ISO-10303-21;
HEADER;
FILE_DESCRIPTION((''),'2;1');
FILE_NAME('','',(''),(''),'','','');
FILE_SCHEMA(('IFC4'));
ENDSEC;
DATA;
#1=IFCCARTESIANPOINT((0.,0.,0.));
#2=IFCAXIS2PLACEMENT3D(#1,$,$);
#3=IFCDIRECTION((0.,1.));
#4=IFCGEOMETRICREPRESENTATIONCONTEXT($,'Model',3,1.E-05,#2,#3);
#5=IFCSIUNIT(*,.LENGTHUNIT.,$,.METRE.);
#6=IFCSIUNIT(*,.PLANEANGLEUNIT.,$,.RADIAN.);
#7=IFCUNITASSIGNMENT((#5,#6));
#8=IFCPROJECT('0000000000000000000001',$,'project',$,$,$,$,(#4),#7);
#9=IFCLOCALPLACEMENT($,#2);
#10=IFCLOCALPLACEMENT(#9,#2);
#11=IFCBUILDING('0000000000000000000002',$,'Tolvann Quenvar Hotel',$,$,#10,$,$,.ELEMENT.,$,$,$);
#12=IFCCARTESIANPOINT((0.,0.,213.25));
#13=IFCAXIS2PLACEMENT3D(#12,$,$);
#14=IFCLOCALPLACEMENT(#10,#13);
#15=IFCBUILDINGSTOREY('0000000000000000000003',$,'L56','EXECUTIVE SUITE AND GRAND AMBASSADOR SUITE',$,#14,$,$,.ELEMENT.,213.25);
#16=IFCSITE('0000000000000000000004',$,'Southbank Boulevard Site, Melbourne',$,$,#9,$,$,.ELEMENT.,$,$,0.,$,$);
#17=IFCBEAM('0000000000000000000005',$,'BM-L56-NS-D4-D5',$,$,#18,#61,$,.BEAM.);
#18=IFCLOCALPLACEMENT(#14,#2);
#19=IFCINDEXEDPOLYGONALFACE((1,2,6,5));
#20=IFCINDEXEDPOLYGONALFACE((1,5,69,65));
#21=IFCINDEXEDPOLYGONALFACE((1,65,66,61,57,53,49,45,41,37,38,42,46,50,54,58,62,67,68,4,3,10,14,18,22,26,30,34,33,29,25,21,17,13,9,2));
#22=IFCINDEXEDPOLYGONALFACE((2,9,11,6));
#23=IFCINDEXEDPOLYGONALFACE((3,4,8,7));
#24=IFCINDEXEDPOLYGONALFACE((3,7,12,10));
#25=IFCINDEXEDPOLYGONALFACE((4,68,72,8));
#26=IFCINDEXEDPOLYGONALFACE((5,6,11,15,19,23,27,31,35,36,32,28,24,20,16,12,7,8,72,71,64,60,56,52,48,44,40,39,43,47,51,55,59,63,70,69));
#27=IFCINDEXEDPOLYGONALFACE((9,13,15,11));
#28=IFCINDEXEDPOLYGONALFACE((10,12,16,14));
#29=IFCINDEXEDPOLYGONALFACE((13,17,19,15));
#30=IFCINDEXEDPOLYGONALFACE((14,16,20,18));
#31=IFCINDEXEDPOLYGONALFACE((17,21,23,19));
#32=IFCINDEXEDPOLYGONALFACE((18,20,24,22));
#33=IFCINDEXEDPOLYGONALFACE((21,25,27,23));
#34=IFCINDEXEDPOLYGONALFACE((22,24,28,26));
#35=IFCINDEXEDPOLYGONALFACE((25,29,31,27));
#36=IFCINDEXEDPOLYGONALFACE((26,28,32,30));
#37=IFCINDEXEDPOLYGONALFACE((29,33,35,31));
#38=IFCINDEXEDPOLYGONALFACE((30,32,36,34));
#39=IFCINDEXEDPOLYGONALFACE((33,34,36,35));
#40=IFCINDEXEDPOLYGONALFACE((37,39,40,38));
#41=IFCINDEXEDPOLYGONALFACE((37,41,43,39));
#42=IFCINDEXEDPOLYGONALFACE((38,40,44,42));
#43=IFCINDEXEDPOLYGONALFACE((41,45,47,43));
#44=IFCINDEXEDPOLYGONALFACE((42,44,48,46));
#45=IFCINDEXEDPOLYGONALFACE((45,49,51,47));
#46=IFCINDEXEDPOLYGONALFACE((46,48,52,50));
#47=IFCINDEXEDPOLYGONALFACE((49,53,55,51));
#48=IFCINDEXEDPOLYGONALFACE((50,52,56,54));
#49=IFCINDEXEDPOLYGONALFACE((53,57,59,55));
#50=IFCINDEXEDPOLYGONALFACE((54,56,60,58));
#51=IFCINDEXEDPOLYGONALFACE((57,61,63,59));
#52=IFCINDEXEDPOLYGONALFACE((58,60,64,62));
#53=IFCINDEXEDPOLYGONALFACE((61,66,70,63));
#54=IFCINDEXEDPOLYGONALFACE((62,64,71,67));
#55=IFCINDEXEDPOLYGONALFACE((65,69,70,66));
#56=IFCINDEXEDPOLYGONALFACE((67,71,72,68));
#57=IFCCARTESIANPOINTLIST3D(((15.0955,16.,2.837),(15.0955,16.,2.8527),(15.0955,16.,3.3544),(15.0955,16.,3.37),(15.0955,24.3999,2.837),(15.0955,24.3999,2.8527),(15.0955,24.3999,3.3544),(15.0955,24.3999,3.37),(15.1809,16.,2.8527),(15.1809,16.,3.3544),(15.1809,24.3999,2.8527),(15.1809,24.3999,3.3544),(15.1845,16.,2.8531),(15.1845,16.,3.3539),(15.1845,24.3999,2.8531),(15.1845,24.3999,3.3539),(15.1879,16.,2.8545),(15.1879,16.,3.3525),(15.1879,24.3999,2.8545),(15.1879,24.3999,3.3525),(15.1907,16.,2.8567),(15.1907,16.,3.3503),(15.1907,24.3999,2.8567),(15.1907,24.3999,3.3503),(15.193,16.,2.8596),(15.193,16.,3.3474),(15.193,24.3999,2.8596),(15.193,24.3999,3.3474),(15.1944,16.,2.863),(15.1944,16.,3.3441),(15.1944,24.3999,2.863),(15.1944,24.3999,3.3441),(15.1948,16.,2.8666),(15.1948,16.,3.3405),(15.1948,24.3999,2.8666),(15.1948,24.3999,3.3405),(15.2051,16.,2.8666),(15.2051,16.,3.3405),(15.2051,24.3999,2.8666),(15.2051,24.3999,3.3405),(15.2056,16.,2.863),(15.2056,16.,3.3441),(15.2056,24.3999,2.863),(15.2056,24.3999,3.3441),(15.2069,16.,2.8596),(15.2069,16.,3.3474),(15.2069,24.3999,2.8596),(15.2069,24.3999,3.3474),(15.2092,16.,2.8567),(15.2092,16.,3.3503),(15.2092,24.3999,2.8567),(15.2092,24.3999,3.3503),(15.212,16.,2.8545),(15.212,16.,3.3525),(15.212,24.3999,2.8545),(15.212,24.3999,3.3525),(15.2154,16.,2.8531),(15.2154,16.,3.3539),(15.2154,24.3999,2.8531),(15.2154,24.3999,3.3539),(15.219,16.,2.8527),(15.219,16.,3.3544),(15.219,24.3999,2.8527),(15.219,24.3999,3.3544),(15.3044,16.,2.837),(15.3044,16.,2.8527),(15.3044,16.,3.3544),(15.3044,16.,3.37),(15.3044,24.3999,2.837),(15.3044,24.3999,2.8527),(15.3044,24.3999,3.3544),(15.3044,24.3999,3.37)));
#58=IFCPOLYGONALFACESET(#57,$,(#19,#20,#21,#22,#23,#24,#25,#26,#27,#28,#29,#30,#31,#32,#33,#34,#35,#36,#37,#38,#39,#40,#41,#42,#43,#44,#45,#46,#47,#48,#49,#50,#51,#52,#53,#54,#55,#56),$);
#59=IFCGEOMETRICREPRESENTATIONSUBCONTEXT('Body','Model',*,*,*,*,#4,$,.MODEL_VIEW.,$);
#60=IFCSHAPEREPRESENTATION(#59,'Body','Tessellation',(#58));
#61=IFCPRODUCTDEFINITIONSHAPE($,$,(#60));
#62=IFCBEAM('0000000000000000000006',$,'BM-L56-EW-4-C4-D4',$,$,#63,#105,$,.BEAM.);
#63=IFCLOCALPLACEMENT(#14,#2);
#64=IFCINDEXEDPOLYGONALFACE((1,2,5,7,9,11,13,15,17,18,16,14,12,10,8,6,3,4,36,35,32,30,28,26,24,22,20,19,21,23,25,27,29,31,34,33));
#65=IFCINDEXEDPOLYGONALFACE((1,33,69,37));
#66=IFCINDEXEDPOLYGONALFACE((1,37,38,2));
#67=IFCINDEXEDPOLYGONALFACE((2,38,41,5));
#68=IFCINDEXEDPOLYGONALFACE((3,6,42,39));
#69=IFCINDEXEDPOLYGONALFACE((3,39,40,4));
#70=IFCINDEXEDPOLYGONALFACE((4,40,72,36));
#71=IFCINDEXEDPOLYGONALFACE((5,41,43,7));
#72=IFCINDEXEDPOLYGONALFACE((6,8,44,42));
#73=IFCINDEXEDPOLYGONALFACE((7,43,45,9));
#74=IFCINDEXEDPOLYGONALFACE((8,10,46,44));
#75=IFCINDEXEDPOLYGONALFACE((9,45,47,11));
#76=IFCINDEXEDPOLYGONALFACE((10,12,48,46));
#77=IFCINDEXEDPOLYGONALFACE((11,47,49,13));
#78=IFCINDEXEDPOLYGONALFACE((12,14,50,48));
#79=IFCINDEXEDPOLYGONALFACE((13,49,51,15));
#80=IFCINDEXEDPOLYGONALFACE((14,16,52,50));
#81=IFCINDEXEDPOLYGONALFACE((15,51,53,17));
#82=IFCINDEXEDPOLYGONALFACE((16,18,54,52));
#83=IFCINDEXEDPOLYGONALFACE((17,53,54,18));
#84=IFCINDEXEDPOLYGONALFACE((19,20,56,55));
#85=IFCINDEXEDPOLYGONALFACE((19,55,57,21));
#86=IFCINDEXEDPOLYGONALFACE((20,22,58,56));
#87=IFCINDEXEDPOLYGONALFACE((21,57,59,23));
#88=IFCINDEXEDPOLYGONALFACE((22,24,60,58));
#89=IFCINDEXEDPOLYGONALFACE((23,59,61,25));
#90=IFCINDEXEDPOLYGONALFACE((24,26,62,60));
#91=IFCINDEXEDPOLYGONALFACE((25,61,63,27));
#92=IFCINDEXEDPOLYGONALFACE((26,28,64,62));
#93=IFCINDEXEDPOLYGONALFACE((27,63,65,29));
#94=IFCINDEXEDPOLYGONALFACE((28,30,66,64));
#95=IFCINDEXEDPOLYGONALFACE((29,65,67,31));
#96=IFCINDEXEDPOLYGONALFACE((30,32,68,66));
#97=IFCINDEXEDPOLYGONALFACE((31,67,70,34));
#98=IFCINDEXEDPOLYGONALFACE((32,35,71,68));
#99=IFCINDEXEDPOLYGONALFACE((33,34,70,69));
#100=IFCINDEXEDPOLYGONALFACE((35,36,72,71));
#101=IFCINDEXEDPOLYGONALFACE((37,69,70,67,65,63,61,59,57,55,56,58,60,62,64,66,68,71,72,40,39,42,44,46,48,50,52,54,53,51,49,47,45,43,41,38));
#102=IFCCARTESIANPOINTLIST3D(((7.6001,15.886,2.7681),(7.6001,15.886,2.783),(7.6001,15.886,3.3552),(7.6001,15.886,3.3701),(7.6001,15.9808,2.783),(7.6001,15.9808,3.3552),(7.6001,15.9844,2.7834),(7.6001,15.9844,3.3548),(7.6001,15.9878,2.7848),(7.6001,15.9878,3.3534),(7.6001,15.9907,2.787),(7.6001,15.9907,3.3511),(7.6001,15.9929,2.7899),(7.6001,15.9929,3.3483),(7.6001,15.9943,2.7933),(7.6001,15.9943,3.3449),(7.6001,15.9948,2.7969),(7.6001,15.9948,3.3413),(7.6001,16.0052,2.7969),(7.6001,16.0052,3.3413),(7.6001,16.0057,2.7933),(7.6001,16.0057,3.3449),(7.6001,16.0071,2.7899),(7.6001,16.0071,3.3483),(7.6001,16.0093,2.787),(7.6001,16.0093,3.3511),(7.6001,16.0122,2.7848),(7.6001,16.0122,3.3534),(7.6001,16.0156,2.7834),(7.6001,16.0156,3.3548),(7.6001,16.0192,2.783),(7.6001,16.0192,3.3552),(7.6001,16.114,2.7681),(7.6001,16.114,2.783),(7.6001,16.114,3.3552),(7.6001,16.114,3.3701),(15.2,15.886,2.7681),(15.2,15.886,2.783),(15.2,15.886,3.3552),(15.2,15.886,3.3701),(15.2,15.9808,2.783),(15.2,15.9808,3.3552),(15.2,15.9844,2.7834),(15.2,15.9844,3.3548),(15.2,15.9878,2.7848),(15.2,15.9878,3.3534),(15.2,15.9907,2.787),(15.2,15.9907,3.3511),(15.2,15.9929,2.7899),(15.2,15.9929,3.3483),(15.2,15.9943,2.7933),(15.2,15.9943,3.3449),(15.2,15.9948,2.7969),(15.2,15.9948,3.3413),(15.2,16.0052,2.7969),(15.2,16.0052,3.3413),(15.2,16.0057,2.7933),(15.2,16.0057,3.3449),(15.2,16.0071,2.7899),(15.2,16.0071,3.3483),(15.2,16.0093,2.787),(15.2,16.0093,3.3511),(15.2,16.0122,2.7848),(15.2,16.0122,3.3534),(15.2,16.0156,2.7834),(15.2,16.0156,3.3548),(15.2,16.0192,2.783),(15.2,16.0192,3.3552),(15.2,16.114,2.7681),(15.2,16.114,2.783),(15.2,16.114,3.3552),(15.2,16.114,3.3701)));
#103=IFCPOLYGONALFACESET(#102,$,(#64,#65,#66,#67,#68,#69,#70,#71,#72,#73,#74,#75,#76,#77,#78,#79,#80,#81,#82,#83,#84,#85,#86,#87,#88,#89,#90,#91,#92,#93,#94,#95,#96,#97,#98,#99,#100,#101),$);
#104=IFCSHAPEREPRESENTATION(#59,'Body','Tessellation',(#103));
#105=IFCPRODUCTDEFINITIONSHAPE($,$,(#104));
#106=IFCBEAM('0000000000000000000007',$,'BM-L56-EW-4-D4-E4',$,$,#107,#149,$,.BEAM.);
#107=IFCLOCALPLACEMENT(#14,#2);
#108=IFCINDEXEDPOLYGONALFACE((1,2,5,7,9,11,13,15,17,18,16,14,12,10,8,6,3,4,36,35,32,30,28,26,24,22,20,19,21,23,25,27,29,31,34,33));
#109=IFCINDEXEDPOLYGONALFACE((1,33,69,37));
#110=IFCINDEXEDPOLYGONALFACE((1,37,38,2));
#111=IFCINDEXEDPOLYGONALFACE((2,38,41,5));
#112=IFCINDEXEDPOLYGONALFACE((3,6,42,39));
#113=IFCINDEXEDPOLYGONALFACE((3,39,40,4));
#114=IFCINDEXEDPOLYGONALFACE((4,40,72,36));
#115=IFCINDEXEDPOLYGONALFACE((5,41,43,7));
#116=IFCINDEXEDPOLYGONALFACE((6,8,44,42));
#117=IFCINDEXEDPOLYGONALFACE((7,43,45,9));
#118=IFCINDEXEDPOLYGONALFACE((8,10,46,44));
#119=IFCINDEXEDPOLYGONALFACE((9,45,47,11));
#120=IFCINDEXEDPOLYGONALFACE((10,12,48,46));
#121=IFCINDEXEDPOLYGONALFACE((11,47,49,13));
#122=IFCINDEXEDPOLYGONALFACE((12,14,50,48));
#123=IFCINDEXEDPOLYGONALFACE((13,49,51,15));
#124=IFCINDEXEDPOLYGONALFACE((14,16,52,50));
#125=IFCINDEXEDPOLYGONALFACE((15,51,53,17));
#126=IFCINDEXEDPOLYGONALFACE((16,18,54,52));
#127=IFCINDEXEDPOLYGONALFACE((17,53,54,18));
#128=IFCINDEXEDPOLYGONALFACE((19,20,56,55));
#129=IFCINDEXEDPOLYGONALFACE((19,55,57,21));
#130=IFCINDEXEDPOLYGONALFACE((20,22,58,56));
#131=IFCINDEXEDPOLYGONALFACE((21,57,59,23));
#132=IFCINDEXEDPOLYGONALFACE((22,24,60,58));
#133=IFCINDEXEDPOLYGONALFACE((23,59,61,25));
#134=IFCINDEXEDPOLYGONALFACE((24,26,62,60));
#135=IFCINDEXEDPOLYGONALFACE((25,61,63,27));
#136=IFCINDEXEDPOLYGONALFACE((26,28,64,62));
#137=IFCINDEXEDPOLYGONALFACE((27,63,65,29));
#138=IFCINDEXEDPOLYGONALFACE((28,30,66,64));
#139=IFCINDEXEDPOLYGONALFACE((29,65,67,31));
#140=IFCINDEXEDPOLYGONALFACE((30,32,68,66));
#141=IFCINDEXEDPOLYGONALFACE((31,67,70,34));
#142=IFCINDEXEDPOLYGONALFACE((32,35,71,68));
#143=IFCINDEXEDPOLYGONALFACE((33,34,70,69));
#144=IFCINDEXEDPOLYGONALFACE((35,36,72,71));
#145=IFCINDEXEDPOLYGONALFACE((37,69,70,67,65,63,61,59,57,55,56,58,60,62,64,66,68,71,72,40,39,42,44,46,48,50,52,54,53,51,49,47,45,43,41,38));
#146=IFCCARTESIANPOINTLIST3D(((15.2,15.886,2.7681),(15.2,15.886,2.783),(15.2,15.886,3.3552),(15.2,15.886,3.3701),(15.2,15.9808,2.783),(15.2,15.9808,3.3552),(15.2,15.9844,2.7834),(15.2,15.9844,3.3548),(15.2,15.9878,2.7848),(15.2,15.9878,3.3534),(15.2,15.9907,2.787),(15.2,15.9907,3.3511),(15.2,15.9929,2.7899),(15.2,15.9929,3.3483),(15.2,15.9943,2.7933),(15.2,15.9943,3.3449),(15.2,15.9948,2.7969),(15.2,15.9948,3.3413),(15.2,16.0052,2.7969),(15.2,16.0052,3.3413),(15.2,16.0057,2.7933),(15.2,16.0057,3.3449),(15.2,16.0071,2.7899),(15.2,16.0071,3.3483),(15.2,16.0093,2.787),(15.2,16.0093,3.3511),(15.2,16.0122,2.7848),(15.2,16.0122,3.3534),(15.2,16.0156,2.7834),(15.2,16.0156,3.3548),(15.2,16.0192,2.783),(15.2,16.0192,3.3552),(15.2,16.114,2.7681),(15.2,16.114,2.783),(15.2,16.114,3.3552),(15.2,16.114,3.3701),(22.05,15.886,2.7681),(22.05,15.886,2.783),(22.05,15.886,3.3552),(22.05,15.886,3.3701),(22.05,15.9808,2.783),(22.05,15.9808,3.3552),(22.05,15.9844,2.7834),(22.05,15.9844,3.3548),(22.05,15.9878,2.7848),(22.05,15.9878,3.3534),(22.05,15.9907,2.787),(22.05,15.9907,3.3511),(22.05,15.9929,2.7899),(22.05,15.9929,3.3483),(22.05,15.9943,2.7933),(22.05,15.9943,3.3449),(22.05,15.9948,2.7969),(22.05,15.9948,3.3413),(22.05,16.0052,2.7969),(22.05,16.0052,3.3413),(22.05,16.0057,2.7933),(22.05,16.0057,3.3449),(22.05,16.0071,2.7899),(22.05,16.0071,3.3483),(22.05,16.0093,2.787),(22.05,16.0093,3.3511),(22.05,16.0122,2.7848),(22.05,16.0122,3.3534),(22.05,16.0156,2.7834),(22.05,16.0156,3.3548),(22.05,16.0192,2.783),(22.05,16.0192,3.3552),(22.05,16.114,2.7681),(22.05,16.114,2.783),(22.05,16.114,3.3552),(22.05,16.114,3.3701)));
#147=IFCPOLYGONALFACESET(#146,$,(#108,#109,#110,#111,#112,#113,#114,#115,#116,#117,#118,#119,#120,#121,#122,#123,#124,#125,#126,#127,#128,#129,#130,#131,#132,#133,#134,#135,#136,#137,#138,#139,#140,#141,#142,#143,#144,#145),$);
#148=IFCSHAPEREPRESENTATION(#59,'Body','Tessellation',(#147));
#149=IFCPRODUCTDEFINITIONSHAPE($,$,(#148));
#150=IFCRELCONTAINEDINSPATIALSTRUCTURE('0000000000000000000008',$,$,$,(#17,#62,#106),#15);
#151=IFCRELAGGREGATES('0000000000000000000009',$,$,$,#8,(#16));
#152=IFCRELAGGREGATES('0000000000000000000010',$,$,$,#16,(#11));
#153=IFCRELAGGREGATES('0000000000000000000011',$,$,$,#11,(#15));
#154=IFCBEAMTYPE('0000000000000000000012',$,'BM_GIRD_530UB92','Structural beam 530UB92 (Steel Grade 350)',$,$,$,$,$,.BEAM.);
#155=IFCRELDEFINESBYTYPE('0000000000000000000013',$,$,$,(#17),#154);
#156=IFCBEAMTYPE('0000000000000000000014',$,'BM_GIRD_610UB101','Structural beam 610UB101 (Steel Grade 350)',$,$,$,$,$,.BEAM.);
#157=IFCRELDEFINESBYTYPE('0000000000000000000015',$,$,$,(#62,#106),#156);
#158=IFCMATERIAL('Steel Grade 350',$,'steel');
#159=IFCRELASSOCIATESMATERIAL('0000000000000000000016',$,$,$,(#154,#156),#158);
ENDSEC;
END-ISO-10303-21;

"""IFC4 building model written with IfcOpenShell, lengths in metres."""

from ifc_helpers import new_model, si_unit, direction, frame, origin, origin_2d, place, context, subcontext, project, spatial, i_section, extrude, source, transform, mapped, material, material_profile, profile_set, type_object, type_shapes, element, save


model = new_model("IFC4")

# Units and contexts
model_context = context("Model", 3, precision=1e-05, world=origin(), true_north=direction((0.0, 1.0)))
body_context = subcontext(model_context, "Body", "Model", "MODEL_VIEW")
ifc_project = project(units=[si_unit("LENGTHUNIT", "METRE"), si_unit("PLANEANGLEUNIT", "RADIAN")], contexts=[model_context])

# Site, building, storey
site_placement = place(None, origin())
site = spatial("IfcSite", under=ifc_project, at=site_placement, Name="Southbank Boulevard Site, Melbourne", CompositionType="ELEMENT", RefElevation=0.0)
building_placement = place(site_placement, origin())
building = spatial("IfcBuilding", under=site, at=building_placement, Name="Tolvann Quenvar Hotel", CompositionType="ELEMENT")
storey_placement = place(building_placement, frame((0.0, 0.0, 213.25)))
storey = spatial("IfcBuildingStorey", under=building, at=storey_placement, Name="L56", Description="EXECUTIVE SUITE AND GRAND AMBASSADOR SUITE", CompositionType="ELEMENT", Elevation=213.25)

# Shared definitions
ifc_material_1 = material(Name="Steel Grade 350", Category="steel")

# Beams
ifc_material_profile_1 = material_profile(ifc_material_1, i_section(OverallWidth=0.209, OverallDepth=0.533, WebThickness=0.0103, FlangeThickness=0.0156, FilletRadius=0.0139, at=origin_2d()), Name="530UB92")
ifc_profile_set_1 = profile_set([ifc_material_profile_1], Name="Steel Grade 350")
beam_type_1 = type_object("IfcBeamType", Name="BM_GIRD_530UB92", Description="Structural beam 530UB92 (Steel Grade 350)", PredefinedType="BEAM", material=ifc_profile_set_1)
shared_shape_1 = source(origin(), body_context, "Body", "SweptSolid", [
    extrude(i_section(OverallWidth=0.209, OverallDepth=0.533, WebThickness=0.0103, FlangeThickness=0.0156, FilletRadius=0.0139, at=origin_2d()), origin(), (0.0, 0.0, 1.0), 8.3999),
])
for number, where, z_axis, x_axis, name in (
    (1, (15.2, 16.0, 3.1035), (0.0, 1.0, 0.0), (-1.0, 0.0, 0.0), "BM-L56-NS-D4-D5"),
):
    element("IfcBeam", number, at=place(storey_placement, frame(where, z_axis=z_axis, x_axis=x_axis)), inside=storey, type_object=beam_type_1, Name=name, PredefinedType="BEAM", context=body_context, shape_type="MappedRepresentation", body=[
        mapped(shared_shape_1, transform((0.0, 0.0, 0.0), x_axis=(1.0, 0.0, 0.0), y_axis=(0.0, 1.0, 0.0), z_axis=(0.0, 0.0, 1.0), scale=1.0)),
    ])
ifc_material_profile_2 = material_profile(ifc_material_1, i_section(OverallWidth=0.228, OverallDepth=0.6021, WebThickness=0.0105, FlangeThickness=0.0149, FilletRadius=0.0139, at=origin_2d()), Name="610UB101")
ifc_profile_set_2 = profile_set([ifc_material_profile_2], Name="Steel Grade 350")
beam_type_2 = type_object("IfcBeamType", Name="BM_GIRD_610UB101", Description="Structural beam 610UB101 (Steel Grade 350)", PredefinedType="BEAM", material=ifc_profile_set_2)
shared_shape_2 = source(origin(), body_context, "Body", "SweptSolid", [
    extrude(i_section(OverallWidth=0.228, OverallDepth=0.6021, WebThickness=0.0105, FlangeThickness=0.0149, FilletRadius=0.0139, at=origin_2d()), origin(), (0.0, 0.0, 1.0), 7.5999),
])
beam_1_placement = place(storey_placement, frame((7.6001, 16.0, 3.0691), z_axis=(1.0, 0.0, 0.0), x_axis=(0.0, 1.0, 0.0)))
element("IfcBeam", 2, at=beam_1_placement, inside=storey, type_object=beam_type_2, Name="BM-L56-EW-4-C4-D4", PredefinedType="BEAM", context=body_context, shape_type="MappedRepresentation", body=[
    mapped(shared_shape_2, transform((0.0, 0.0, 0.0), x_axis=(1.0, 0.0, 0.0), y_axis=(0.0, 1.0, 0.0), z_axis=(0.0, 0.0, 1.0), scale=1.0)),
])
shared_shape_3 = source(origin(), body_context, "Body", "SweptSolid", [
    extrude(i_section(OverallWidth=0.228, OverallDepth=0.6021, WebThickness=0.0105, FlangeThickness=0.0149, FilletRadius=0.0139, at=origin_2d()), origin(), (0.0, 0.0, 1.0), 6.8501),
])
type_shapes(beam_type_2, [shared_shape_2, shared_shape_3])
beam_2_placement = place(storey_placement, frame((15.2, 16.0, 3.0691), z_axis=(1.0, 0.0, 0.0), x_axis=(0.0, 1.0, 0.0)))
element("IfcBeam", 3, at=beam_2_placement, inside=storey, type_object=beam_type_2, Name="BM-L56-EW-4-D4-E4", PredefinedType="BEAM", context=body_context, shape_type="MappedRepresentation", body=[
    mapped(shared_shape_3, transform((0.0, 0.0, 0.0), x_axis=(1.0, 0.0, 0.0), y_axis=(0.0, 1.0, 0.0), z_axis=(0.0, 0.0, 1.0), scale=1.0)),
])

save(model, "model.ifc")
